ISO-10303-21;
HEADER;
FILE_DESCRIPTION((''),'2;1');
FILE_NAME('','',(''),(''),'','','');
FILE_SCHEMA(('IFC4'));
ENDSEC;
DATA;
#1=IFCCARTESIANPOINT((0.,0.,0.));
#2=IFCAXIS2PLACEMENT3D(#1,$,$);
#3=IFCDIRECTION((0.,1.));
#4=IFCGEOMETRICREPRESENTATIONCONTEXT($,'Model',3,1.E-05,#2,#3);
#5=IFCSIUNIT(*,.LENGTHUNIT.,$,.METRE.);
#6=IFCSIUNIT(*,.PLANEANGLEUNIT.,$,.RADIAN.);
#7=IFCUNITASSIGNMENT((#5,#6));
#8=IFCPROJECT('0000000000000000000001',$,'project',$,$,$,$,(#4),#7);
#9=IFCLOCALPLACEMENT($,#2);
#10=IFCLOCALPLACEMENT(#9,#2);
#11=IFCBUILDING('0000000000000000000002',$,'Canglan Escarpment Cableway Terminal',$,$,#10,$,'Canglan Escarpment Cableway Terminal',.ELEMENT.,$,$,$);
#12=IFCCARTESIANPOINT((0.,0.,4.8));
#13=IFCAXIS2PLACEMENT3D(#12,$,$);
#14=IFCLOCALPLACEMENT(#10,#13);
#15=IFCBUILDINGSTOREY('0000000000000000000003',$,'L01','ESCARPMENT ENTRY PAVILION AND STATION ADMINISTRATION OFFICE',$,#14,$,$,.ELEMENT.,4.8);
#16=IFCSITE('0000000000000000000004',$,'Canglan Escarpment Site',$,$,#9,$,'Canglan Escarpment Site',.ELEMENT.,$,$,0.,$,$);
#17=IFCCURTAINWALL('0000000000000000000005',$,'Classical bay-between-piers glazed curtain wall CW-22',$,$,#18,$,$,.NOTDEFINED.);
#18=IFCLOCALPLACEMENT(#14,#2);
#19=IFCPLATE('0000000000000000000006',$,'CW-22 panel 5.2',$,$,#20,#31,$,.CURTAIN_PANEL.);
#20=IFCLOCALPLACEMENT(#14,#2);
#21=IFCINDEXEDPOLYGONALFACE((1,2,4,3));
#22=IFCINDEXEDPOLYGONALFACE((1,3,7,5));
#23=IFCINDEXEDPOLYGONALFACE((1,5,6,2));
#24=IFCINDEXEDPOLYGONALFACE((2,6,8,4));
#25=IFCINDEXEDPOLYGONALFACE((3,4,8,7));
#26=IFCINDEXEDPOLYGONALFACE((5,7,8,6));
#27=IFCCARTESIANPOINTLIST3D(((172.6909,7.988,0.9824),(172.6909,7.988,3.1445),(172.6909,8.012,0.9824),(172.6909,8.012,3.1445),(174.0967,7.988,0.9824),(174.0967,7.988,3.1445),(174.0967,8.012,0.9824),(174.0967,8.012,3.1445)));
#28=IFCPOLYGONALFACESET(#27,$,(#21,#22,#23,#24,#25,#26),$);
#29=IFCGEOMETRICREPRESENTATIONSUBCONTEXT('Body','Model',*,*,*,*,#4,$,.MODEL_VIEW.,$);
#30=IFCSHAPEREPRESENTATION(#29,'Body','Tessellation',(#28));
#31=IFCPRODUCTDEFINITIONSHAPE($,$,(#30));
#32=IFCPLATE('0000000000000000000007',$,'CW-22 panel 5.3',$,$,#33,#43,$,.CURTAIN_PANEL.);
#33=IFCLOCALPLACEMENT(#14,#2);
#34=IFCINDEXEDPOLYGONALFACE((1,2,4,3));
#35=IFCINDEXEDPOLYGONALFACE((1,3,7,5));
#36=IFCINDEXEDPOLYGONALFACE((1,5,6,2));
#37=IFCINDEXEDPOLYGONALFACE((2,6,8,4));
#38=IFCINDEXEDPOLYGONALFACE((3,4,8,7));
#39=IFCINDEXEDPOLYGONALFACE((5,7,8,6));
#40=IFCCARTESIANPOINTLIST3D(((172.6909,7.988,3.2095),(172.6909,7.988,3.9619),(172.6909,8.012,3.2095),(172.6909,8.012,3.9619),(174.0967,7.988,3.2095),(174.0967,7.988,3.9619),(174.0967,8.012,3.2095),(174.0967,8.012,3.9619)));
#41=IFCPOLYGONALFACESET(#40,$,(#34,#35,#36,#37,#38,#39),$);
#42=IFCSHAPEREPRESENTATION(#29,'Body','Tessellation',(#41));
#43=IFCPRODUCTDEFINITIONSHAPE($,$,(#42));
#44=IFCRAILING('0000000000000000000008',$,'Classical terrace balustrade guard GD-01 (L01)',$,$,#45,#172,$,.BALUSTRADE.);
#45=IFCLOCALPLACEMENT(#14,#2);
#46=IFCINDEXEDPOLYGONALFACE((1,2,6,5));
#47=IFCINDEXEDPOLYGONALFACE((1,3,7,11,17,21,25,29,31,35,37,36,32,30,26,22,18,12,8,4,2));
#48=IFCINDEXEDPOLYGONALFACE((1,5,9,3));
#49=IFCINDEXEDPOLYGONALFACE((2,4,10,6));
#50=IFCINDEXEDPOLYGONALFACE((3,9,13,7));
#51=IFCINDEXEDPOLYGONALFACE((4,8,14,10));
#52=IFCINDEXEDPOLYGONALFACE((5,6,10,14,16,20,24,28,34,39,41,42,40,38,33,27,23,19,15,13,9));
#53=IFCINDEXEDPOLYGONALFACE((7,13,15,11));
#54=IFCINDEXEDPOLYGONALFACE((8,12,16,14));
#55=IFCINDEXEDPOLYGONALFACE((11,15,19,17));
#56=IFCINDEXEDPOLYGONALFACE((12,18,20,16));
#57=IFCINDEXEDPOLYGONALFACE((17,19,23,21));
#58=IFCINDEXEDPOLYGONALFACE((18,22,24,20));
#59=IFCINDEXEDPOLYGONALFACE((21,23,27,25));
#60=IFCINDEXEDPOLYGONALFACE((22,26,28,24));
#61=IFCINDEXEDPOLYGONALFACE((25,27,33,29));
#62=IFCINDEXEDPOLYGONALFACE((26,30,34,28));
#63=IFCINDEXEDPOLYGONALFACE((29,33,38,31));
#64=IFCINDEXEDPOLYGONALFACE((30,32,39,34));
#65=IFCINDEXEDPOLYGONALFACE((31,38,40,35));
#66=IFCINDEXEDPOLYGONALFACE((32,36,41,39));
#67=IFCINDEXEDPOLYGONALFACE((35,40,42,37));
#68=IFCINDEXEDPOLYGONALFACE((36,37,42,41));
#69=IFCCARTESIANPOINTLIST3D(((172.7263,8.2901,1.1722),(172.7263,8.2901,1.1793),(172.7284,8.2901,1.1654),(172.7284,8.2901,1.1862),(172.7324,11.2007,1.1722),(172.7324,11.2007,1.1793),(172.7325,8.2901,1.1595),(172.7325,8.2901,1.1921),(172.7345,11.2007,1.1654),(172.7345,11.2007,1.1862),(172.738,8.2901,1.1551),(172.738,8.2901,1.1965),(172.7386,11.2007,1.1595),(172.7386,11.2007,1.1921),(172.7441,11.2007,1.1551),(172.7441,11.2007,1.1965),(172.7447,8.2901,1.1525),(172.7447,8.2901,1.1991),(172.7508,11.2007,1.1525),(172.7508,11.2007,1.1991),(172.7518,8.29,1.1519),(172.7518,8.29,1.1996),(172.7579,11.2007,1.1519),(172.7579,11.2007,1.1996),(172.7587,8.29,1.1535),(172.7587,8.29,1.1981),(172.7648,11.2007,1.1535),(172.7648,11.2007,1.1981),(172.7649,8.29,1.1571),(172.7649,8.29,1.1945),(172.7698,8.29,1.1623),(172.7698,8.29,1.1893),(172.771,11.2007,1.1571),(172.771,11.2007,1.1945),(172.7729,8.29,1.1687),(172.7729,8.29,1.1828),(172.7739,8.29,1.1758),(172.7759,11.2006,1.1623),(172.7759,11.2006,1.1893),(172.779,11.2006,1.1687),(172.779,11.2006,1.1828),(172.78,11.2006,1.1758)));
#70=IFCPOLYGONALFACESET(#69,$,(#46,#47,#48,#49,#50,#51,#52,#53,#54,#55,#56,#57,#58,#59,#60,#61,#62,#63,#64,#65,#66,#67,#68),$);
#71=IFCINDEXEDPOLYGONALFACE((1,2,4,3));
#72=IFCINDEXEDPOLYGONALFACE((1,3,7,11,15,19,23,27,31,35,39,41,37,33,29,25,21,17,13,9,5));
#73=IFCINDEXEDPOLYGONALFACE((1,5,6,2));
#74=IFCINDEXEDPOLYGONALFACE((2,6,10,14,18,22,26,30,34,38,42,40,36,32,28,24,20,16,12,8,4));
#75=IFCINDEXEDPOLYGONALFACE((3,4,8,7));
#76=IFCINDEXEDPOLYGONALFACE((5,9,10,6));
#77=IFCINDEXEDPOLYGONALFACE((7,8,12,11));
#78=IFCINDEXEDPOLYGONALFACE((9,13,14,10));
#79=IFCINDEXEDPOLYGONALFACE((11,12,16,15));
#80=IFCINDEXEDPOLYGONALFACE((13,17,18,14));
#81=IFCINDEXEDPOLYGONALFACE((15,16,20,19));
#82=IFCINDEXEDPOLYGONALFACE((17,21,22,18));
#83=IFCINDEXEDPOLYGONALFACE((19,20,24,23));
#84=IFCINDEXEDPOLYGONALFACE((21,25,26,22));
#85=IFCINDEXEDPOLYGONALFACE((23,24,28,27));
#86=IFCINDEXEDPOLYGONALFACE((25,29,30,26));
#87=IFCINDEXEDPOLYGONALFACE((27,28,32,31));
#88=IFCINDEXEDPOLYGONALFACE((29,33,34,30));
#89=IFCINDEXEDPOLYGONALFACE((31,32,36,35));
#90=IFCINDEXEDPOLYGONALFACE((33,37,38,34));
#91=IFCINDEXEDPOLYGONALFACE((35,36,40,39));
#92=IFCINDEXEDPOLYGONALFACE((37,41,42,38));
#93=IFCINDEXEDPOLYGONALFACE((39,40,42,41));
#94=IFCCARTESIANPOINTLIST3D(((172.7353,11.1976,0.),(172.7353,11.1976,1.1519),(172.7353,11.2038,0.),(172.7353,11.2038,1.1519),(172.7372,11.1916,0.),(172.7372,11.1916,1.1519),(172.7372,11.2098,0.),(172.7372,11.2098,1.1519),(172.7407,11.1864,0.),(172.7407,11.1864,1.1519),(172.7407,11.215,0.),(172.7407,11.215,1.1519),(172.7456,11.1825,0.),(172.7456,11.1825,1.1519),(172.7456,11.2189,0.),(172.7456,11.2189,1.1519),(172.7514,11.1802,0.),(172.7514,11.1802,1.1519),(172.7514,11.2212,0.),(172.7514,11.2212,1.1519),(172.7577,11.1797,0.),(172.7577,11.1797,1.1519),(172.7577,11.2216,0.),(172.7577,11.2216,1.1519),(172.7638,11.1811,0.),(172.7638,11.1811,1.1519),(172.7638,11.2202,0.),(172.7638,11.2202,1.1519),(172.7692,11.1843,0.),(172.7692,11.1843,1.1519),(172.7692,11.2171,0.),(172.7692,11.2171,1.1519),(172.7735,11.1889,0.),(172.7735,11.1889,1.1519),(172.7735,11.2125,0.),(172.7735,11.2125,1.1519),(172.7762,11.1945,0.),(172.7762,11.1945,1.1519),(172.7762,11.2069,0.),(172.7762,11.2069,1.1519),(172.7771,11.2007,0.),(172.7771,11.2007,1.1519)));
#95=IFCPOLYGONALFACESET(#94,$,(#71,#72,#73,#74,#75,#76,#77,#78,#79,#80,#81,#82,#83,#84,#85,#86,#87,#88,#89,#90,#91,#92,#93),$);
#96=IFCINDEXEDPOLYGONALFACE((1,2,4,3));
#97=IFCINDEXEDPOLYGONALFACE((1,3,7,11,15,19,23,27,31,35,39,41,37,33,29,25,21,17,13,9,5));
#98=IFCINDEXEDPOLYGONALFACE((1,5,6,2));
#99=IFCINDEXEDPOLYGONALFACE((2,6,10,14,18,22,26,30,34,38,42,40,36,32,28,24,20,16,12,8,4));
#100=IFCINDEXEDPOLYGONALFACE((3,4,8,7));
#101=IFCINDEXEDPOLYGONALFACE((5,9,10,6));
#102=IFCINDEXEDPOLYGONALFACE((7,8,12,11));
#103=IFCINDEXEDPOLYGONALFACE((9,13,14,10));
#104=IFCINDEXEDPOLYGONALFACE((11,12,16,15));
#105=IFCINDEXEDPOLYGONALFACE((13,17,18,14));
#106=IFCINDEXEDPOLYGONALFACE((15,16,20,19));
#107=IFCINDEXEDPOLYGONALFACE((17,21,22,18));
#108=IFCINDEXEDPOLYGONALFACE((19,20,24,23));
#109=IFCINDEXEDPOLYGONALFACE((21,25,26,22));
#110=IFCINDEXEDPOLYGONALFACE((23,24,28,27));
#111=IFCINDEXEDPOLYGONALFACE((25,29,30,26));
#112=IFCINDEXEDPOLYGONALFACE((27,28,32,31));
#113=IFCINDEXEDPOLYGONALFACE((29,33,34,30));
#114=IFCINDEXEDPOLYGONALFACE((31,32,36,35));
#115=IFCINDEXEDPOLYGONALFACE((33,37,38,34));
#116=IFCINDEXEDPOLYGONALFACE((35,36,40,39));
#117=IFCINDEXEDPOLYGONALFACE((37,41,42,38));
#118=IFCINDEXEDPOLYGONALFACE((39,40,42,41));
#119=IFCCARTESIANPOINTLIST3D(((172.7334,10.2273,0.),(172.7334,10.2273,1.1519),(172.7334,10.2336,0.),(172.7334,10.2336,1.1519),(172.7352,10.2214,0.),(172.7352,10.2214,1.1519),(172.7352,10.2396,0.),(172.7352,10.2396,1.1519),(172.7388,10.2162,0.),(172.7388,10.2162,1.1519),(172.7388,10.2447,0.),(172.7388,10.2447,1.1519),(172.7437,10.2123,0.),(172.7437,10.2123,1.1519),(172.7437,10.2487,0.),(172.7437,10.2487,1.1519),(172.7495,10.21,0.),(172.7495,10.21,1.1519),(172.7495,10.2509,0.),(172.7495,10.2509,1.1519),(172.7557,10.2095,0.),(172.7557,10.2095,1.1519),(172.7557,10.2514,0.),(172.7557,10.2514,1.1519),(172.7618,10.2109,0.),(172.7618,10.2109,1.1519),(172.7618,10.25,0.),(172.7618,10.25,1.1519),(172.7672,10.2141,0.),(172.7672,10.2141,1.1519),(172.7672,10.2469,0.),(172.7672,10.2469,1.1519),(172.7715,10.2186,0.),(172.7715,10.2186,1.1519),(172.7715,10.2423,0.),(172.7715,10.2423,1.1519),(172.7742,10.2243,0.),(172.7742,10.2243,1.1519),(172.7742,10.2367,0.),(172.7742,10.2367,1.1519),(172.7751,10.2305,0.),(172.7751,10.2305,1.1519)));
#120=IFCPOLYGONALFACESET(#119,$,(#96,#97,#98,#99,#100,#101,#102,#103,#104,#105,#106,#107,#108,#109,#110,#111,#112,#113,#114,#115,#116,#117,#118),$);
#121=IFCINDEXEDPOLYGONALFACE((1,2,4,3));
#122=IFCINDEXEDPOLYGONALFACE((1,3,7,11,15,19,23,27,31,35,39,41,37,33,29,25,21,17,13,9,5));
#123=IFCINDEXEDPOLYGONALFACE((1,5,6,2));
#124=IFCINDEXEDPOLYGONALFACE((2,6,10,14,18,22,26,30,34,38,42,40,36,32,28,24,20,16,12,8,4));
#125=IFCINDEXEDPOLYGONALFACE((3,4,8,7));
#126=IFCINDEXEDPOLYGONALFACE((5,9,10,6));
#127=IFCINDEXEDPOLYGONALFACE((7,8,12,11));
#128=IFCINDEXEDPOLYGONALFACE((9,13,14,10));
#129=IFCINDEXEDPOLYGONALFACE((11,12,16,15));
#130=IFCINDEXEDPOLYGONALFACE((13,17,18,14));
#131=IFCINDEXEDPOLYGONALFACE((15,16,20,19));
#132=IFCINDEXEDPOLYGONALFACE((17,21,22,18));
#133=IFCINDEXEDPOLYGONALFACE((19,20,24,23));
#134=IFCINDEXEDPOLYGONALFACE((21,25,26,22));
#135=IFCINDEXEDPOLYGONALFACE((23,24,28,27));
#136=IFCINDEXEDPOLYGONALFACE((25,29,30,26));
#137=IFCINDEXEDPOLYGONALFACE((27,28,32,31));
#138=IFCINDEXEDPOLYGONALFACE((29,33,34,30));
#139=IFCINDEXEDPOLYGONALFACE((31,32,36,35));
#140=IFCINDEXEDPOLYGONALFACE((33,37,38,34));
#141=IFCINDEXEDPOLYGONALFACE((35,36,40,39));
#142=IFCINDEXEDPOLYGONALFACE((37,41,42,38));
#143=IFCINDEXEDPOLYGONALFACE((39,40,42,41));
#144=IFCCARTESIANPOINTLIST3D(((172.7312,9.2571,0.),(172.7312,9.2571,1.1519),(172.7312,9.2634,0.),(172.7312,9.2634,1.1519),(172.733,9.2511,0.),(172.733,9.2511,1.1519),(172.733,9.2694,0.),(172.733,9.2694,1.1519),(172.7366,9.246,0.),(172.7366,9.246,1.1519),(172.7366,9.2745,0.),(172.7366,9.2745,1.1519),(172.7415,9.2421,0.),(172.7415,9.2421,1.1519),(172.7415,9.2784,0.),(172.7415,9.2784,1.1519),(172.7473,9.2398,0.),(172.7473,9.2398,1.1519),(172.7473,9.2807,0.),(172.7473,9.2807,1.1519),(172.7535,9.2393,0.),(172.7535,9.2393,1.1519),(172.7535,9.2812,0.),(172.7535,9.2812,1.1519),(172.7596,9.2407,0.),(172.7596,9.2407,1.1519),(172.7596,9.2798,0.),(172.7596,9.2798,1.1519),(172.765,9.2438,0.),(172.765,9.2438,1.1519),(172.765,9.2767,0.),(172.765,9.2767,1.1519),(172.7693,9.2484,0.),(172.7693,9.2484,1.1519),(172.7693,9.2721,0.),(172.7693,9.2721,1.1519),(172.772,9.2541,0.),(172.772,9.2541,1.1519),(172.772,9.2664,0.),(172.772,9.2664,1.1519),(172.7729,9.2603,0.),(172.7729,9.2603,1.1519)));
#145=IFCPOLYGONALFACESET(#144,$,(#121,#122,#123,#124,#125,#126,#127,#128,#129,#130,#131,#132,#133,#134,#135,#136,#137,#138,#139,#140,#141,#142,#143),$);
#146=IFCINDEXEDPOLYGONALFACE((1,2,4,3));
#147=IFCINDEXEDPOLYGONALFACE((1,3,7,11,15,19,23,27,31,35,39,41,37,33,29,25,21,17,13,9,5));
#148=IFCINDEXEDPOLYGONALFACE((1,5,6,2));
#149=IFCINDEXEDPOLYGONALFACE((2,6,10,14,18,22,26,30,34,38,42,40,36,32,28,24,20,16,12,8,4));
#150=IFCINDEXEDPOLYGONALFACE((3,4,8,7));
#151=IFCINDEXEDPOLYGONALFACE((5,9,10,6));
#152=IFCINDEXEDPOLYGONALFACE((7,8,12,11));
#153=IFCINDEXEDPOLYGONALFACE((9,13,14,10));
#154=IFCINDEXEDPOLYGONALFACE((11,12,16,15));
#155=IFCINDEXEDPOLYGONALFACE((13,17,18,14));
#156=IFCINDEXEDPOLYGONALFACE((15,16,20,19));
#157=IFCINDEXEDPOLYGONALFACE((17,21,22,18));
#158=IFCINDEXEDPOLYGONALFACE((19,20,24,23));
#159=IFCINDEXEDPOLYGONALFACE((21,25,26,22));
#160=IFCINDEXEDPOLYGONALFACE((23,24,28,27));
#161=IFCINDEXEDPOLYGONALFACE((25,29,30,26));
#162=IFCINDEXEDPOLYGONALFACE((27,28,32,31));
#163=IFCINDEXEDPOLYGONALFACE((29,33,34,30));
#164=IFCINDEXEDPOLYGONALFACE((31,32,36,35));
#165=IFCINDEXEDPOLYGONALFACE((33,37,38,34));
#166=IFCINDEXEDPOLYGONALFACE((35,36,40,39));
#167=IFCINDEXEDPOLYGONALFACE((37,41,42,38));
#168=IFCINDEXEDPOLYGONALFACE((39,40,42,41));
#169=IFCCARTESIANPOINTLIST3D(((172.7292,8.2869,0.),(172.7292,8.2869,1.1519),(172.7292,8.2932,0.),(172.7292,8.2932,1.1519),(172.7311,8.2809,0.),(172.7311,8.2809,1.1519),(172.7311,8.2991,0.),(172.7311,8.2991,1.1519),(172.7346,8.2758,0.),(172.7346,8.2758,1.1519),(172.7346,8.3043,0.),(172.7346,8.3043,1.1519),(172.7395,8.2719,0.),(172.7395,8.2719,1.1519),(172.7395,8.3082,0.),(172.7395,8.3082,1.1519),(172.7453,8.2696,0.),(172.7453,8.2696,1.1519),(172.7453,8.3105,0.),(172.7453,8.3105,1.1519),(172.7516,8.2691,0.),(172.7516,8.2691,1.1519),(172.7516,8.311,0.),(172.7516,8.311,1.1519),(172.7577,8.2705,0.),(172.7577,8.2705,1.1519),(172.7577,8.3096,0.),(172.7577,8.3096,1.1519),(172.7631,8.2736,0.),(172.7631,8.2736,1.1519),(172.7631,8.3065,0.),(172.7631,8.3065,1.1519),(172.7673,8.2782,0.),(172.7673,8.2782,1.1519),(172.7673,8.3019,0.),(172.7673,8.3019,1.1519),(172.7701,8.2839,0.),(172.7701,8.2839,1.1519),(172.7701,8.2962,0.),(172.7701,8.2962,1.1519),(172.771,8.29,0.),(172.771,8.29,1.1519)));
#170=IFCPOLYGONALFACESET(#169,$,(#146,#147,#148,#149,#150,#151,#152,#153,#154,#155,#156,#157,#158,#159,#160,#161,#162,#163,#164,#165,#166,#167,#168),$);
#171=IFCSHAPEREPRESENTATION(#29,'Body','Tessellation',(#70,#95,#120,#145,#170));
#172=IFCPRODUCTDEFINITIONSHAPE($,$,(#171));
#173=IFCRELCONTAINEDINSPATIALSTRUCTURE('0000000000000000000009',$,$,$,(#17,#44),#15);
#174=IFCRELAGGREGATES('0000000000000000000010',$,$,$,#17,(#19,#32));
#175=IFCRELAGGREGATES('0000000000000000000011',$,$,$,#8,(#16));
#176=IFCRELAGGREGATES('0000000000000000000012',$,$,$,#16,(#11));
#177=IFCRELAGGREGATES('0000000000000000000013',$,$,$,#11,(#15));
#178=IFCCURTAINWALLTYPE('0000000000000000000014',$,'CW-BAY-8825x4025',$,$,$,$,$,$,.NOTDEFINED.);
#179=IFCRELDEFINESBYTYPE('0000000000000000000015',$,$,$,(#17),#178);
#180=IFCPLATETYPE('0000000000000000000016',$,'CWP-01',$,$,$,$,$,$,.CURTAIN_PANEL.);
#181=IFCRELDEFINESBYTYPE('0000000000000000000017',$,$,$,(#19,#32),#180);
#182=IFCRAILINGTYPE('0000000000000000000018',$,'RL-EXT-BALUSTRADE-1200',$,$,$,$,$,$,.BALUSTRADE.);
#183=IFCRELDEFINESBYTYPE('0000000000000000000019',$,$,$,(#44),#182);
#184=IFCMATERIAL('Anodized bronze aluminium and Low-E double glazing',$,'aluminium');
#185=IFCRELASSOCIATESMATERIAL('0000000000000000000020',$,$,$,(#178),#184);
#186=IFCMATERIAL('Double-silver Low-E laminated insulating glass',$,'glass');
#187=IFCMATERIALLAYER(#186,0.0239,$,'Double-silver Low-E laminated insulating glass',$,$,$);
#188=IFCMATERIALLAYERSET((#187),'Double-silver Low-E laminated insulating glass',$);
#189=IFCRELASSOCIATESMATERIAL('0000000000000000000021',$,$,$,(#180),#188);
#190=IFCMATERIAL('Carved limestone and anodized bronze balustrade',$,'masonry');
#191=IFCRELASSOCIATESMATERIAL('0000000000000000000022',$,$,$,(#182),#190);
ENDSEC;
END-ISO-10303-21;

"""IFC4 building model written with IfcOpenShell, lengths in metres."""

from ifc_helpers import new_model, si_unit, direction, frame, origin, origin_2d, place, context, subcontext, project, spatial, rectangle, circle, extrude, material, layer, layer_set, type_object, element, aggregate, save


model = new_model("IFC4")

# Units and contexts
model_context = context("Model", 3, precision=1e-05, world=origin(), true_north=direction((0.0, 1.0)))
body_context = subcontext(model_context, "Body", "Model", "MODEL_VIEW")
ifc_project = project(units=[si_unit("LENGTHUNIT", "METRE"), si_unit("PLANEANGLEUNIT", "RADIAN")], contexts=[model_context])

# Site, building, storey
site_placement = place(None, origin())
site = spatial("IfcSite", under=ifc_project, at=site_placement, Name="Canglan Escarpment Site", LongName="Canglan Escarpment Site", CompositionType="ELEMENT", RefElevation=0.0)
building_placement = place(site_placement, origin())
building = spatial("IfcBuilding", under=site, at=building_placement, Name="Canglan Escarpment Cableway Terminal", LongName="Canglan Escarpment Cableway Terminal", CompositionType="ELEMENT")
storey_placement = place(building_placement, frame((0.0, 0.0, 4.8)))
storey = spatial("IfcBuildingStorey", under=building, at=storey_placement, Name="L01", Description="ESCARPMENT ENTRY PAVILION AND STATION ADMINISTRATION OFFICE", CompositionType="ELEMENT", Elevation=4.8)

# Curtain wall, plates
ifc_material_1 = material(Name="Anodized bronze aluminium and Low-E double glazing", Category="aluminium")
curtain_wall_type = type_object("IfcCurtainWallType", Name="CW-BAY-8825x4025", PredefinedType="NOTDEFINED", material=ifc_material_1)
curtain_wall_placement = place(storey_placement, origin())
curtain_wall = element("IfcCurtainWall", 1, at=curtain_wall_placement, inside=storey, type_object=curtain_wall_type, Name="Classical bay-between-piers glazed curtain wall CW-22", PredefinedType="NOTDEFINED")
ifc_material_2 = material(Name="Double-silver Low-E laminated insulating glass", Category="glass")
ifc_layer = layer(ifc_material_2, 0.0239, Name="Double-silver Low-E laminated insulating glass")
ifc_layer_set = layer_set([ifc_layer], Name="Double-silver Low-E laminated insulating glass")
plate_type = type_object("IfcPlateType", Name="CWP-01", PredefinedType="CURTAIN_PANEL", material=ifc_layer_set)
plate_1_placement = place(storey_placement, frame((173.3938, 8.0, 0.9824), z_axis=(0.0, 0.0, 1.0), x_axis=(1.0, 0.0, 0.0)))
plate_1 = element("IfcPlate", 2, at=plate_1_placement, type_object=plate_type, Name="CW-22 panel 5.2", PredefinedType="CURTAIN_PANEL", context=body_context, shape_type="SweptSolid", body=[
    extrude(rectangle(XDim=1.4058, YDim=0.0239, at=origin_2d()), origin(), (0.0, 0.0, 1.0), 2.1621),
])
plate_2_placement = place(storey_placement, frame((173.3938, 8.0, 3.2095), z_axis=(0.0, 0.0, 1.0), x_axis=(1.0, 0.0, 0.0)))
plate_2 = element("IfcPlate", 3, at=plate_2_placement, type_object=plate_type, Name="CW-22 panel 5.3", PredefinedType="CURTAIN_PANEL", context=body_context, shape_type="SweptSolid", body=[
    extrude(rectangle(XDim=1.4058, YDim=0.0239, at=origin_2d()), origin(), (0.0, 0.0, 1.0), 0.7524),
])
aggregate(curtain_wall, [plate_1, plate_2])

# Railing
ifc_material_3 = material(Name="Carved limestone and anodized bronze balustrade", Category="masonry")
railing_type = type_object("IfcRailingType", Name="RL-EXT-BALUSTRADE-1200", PredefinedType="BALUSTRADE", material=ifc_material_3)
railing_placement = place(storey_placement, frame((172.7561, 11.2007, 0.0)))
element("IfcRailing", 4, at=railing_placement, inside=storey, type_object=railing_type, Name="Classical terrace balustrade guard GD-01 (L01)", PredefinedType="BALUSTRADE", context=body_context, shape_type="SweptSolid", body=[
    extrude(circle(Radius=0.0239, at=origin_2d()), frame((0.0, 0.0, 1.1758), z_axis=(-0.002097, -0.999998, 0.0), x_axis=(0.999998, -0.002097, 0.0)), (0.0, 0.0, 1.0), 2.9106),
    extrude(circle(Radius=0.021, at=origin_2d()), origin(), (0.0, 0.0, 1.0), 1.1519),
    extrude(circle(Radius=0.021, at=origin_2d()), frame((-0.002, -0.9702, 0.0)), (0.0, 0.0, 1.0), 1.1519),
    extrude(circle(Radius=0.021, at=origin_2d()), frame((-0.0042, -1.9404, 0.0)), (0.0, 0.0, 1.0), 1.1519),
    extrude(circle(Radius=0.021, at=origin_2d()), frame((-0.0061, -2.9106, 0.0)), (0.0, 0.0, 1.0), 1.1519),
])

save(model, "model.ifc")
